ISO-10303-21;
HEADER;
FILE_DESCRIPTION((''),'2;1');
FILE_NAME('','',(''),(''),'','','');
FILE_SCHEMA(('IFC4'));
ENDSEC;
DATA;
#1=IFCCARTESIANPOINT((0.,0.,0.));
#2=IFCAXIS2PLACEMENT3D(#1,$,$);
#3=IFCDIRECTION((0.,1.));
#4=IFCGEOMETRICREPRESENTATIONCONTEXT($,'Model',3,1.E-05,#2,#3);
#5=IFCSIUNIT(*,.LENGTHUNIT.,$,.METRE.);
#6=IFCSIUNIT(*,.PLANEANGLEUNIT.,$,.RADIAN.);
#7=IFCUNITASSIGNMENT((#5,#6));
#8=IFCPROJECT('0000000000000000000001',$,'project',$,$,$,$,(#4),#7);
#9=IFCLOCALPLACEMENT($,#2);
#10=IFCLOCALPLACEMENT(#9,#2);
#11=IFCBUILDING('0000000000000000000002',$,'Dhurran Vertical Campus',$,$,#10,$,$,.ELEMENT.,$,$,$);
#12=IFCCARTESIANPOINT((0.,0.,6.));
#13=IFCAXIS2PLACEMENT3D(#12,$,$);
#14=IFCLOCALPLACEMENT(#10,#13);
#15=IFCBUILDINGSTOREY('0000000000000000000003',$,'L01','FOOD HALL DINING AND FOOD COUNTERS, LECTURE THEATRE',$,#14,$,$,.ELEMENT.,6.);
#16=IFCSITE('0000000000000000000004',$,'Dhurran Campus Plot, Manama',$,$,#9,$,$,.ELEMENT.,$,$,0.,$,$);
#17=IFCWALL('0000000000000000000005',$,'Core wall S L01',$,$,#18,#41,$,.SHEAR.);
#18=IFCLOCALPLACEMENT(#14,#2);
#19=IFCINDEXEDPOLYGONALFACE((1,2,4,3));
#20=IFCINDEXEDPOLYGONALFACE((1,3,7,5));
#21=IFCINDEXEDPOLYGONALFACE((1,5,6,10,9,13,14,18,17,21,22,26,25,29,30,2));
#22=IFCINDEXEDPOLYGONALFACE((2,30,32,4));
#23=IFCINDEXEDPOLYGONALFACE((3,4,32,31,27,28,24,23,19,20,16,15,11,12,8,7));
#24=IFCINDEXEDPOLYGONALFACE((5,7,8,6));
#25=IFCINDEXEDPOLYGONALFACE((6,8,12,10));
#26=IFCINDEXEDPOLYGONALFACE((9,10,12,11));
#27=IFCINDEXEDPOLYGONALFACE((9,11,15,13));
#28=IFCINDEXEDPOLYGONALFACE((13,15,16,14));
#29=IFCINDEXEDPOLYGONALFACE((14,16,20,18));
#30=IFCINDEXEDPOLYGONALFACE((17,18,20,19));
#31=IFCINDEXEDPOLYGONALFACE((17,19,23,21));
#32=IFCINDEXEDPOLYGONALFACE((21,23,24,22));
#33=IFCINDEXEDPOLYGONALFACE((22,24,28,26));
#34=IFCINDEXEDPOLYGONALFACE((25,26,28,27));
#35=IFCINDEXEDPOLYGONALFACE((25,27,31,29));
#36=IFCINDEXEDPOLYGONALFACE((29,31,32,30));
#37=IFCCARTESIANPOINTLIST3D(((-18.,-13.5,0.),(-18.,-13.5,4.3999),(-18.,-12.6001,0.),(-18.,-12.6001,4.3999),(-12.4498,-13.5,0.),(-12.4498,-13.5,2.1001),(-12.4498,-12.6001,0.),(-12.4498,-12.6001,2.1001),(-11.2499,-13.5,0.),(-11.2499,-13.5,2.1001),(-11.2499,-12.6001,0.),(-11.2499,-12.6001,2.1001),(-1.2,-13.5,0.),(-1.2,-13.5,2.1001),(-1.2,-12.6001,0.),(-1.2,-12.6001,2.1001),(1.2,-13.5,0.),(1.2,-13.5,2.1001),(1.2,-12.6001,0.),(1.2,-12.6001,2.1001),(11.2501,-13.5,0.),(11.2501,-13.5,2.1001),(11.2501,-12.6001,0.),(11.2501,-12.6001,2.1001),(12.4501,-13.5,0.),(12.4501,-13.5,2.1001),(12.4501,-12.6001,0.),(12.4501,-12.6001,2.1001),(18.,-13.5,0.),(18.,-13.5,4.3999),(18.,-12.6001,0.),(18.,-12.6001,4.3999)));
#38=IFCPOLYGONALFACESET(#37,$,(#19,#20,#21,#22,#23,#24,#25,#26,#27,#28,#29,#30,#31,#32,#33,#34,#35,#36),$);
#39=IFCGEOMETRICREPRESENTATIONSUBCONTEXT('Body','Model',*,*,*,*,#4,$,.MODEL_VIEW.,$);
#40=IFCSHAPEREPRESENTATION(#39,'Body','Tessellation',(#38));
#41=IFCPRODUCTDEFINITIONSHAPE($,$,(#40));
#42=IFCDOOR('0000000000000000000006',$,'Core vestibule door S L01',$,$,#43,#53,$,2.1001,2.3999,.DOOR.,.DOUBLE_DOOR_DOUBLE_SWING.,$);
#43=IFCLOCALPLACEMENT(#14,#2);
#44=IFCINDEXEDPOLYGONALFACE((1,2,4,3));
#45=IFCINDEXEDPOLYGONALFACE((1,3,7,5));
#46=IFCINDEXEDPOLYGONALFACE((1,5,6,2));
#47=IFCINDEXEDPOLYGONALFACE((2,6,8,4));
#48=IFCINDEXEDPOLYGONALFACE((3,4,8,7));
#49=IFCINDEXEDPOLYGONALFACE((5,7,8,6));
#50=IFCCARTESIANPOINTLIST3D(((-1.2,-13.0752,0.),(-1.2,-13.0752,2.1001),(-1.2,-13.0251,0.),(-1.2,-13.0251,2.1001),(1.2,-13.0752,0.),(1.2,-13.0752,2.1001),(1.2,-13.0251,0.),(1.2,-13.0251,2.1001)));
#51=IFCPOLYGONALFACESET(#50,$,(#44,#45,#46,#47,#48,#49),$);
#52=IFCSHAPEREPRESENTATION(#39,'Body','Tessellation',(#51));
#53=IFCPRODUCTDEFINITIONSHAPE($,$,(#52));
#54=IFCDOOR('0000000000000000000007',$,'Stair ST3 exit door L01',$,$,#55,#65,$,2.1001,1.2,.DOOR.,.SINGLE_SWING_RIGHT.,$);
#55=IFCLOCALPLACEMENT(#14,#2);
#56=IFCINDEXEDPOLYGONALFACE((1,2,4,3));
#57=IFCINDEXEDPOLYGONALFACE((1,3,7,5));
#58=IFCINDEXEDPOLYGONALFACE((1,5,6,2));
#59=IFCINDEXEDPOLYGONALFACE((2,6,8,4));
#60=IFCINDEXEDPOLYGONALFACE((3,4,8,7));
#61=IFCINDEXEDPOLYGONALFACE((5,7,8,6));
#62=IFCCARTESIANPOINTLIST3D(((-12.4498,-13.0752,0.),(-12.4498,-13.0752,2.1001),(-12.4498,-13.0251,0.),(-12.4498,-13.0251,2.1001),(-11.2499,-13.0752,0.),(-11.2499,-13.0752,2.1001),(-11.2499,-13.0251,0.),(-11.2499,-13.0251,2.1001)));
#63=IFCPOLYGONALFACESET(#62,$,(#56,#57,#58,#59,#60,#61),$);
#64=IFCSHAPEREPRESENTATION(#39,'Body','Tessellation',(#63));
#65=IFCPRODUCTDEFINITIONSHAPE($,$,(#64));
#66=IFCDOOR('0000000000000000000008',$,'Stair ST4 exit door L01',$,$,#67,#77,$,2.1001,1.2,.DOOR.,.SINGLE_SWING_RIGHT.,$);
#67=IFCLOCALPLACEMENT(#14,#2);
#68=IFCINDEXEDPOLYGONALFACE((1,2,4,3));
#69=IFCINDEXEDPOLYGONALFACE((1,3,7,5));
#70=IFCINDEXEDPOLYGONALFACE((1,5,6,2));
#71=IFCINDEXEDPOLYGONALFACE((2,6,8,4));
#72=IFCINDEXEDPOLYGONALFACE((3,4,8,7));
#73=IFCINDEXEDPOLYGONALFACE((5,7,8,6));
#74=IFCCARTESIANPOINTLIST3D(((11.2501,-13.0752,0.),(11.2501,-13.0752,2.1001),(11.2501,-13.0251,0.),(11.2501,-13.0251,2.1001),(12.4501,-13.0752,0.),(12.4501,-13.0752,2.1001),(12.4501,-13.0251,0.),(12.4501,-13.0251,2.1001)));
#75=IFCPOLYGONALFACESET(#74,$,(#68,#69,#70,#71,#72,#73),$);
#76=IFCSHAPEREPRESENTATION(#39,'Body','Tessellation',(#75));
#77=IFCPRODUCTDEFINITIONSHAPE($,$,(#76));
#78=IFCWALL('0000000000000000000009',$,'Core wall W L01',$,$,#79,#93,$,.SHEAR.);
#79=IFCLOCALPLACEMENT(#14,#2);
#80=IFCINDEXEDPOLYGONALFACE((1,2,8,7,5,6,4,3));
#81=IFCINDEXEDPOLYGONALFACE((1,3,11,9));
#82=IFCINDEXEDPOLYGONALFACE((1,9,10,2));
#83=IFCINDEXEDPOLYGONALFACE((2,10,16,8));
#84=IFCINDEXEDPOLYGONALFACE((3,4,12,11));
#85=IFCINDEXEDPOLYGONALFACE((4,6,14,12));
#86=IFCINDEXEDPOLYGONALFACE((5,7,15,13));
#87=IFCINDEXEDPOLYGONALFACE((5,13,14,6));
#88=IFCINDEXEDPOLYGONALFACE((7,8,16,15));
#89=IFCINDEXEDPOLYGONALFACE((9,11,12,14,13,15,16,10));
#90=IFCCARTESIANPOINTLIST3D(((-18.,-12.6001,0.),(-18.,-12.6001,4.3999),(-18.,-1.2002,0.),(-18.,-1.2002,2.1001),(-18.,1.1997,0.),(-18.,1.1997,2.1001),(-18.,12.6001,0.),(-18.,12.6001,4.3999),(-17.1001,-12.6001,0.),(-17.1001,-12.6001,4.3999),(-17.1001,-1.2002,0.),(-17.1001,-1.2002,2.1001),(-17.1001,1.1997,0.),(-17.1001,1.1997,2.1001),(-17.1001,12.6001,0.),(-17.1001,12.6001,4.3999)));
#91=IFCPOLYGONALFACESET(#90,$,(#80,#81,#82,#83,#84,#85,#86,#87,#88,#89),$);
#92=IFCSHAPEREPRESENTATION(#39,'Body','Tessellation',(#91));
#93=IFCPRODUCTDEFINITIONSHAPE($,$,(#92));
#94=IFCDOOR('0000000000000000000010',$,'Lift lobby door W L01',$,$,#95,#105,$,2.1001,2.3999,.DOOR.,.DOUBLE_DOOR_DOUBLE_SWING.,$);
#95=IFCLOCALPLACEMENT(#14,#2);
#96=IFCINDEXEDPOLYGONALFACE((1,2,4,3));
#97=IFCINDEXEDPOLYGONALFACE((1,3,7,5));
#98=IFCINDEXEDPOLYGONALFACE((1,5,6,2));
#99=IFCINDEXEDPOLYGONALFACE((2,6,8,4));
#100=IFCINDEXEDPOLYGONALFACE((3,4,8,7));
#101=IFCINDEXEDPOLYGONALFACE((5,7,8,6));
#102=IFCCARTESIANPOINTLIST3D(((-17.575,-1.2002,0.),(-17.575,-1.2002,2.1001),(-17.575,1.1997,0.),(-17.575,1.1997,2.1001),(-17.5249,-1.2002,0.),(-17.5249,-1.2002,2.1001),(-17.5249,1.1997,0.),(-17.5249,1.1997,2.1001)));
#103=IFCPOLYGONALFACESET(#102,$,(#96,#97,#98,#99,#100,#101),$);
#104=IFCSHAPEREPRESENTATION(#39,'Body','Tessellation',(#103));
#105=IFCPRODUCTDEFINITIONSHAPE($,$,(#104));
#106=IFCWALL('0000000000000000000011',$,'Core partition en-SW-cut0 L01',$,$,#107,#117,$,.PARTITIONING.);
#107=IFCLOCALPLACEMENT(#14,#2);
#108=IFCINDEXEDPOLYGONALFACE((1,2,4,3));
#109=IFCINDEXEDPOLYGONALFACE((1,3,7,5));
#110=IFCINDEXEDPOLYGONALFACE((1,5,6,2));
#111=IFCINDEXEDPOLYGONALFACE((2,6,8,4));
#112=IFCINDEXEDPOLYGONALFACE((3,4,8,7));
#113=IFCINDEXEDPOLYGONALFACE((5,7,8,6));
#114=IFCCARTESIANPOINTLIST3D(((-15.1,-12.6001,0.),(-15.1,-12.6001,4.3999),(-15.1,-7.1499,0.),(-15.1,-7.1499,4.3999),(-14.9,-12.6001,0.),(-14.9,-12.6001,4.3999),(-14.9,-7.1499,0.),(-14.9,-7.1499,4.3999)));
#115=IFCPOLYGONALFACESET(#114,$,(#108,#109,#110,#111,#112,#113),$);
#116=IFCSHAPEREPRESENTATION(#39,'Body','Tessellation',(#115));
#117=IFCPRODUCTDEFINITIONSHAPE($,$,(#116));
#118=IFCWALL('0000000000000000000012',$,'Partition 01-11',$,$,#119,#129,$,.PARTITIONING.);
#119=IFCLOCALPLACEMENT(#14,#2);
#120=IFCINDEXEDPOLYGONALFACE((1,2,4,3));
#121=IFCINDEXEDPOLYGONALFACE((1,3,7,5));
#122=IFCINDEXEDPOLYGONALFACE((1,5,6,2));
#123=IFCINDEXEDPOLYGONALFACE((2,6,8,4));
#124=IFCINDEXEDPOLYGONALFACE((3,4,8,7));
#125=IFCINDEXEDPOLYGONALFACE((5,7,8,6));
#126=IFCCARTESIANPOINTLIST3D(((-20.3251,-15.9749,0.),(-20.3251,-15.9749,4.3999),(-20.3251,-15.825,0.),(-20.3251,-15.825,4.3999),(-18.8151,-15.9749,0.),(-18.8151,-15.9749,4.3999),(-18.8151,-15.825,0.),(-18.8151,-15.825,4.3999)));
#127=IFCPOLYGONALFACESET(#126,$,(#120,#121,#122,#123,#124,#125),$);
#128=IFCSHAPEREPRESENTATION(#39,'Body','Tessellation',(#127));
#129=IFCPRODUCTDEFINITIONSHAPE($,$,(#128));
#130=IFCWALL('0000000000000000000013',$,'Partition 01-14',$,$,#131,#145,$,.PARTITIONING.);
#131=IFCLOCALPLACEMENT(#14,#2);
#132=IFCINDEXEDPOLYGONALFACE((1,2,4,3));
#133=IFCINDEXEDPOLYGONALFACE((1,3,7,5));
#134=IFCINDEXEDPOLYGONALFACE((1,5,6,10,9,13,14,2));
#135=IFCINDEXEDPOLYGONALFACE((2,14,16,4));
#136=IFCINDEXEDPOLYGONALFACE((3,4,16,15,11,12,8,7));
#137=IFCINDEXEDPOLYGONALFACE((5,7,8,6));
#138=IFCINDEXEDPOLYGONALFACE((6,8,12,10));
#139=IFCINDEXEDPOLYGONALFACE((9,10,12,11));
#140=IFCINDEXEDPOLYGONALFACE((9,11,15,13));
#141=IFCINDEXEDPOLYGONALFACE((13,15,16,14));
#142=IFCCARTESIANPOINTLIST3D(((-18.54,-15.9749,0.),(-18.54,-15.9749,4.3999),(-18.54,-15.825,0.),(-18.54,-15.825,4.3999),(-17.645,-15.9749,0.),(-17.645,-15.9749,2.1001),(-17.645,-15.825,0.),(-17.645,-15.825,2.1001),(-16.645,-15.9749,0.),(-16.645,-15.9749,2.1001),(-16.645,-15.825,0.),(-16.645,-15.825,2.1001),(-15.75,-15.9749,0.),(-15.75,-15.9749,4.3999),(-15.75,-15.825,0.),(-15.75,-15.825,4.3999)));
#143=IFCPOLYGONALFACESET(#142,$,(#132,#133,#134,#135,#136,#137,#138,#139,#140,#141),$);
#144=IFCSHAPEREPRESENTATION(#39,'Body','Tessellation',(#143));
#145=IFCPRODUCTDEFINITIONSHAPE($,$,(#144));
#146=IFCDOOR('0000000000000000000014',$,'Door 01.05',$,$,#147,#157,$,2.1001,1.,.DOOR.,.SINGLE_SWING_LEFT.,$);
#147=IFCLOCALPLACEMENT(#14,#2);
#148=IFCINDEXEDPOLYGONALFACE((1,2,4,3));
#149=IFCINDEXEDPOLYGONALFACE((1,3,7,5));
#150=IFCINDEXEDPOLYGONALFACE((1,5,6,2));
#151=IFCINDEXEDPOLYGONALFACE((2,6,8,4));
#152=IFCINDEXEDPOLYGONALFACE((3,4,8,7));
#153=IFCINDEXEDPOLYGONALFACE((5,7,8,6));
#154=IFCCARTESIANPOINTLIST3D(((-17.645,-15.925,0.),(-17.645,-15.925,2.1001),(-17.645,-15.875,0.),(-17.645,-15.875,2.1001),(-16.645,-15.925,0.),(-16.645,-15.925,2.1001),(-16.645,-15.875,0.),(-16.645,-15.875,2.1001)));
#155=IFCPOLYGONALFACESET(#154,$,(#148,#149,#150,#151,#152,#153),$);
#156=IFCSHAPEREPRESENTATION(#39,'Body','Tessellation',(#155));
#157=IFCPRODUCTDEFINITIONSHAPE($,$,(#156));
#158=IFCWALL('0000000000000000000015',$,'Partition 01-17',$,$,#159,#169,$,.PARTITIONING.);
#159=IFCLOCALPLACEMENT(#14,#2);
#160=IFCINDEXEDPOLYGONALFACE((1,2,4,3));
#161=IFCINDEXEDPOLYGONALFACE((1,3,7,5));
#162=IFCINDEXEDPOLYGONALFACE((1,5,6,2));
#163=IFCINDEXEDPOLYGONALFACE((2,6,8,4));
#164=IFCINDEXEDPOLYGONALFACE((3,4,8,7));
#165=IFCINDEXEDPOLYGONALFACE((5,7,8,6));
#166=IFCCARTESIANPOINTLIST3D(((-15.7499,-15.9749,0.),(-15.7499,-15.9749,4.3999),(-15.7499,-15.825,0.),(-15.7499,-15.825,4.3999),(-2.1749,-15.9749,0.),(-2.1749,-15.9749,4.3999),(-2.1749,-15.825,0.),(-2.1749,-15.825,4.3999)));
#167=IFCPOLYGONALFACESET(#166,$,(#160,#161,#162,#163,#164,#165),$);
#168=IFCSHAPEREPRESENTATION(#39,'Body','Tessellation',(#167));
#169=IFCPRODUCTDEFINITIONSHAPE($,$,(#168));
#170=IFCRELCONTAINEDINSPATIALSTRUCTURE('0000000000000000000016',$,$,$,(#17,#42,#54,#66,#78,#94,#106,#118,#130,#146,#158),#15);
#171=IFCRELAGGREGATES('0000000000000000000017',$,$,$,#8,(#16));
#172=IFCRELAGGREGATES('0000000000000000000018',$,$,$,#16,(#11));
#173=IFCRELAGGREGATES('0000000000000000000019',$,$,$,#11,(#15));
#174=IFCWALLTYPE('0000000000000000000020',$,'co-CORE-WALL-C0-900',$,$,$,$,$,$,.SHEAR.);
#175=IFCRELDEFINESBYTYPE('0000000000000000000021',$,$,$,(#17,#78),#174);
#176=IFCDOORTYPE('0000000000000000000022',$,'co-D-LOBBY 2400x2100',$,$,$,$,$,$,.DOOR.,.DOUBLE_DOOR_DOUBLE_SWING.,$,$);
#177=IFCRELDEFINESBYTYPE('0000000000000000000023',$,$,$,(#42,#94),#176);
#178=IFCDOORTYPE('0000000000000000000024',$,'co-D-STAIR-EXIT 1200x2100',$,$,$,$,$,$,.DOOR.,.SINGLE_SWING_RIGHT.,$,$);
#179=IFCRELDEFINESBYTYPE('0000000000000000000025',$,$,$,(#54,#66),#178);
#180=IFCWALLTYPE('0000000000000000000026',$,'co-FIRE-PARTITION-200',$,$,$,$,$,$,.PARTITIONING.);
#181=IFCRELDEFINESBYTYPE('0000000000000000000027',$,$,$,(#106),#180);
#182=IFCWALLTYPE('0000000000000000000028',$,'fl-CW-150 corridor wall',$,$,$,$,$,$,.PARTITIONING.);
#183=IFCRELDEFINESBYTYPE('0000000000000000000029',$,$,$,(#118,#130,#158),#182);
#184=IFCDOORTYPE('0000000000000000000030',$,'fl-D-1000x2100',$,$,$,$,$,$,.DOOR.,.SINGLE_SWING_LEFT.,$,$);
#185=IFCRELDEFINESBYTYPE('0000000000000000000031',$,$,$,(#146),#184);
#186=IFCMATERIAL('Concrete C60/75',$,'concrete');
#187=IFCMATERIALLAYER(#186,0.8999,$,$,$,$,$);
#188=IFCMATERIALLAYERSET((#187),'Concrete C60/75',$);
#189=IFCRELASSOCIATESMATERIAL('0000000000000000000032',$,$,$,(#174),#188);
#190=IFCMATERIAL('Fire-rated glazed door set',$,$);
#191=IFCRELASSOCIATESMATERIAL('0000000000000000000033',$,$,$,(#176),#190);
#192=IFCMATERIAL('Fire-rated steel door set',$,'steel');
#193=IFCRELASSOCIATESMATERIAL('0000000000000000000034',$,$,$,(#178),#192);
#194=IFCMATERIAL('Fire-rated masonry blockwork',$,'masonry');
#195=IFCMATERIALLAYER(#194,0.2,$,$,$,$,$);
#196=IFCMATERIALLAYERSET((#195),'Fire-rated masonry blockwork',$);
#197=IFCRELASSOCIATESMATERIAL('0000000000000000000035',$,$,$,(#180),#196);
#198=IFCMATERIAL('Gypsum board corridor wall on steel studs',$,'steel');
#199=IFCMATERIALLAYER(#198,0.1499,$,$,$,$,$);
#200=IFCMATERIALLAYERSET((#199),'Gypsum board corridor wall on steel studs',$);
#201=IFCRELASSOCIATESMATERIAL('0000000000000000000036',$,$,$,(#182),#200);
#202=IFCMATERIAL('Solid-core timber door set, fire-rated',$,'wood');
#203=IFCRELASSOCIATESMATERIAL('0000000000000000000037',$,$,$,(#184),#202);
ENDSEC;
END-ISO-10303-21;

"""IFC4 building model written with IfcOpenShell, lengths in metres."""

from ifc_helpers import new_model, si_unit, direction, frame, frame_2d, origin, place, context, subcontext, project, spatial, rectangle, extrude, material, layer, layer_set, type_object, element, fill, save


model = new_model("IFC4")

# Units and contexts
model_context = context("Model", 3, precision=1e-05, world=origin(), true_north=direction((0.0, 1.0)))
body_context = subcontext(model_context, "Body", "Model", "MODEL_VIEW")
ifc_project = project(units=[si_unit("LENGTHUNIT", "METRE"), si_unit("PLANEANGLEUNIT", "RADIAN")], contexts=[model_context])

# Site, building, storey
site_placement = place(None, origin())
site = spatial("IfcSite", under=ifc_project, at=site_placement, Name="Dhurran Campus Plot, Manama", CompositionType="ELEMENT", RefElevation=0.0)
building_placement = place(site_placement, origin())
building = spatial("IfcBuilding", under=site, at=building_placement, Name="Dhurran Vertical Campus", CompositionType="ELEMENT")
storey_placement = place(building_placement, frame((0.0, 0.0, 6.0)))
storey = spatial("IfcBuildingStorey", under=building, at=storey_placement, Name="L01", Description="FOOD HALL DINING AND FOOD COUNTERS, LECTURE THEATRE", CompositionType="ELEMENT", Elevation=6.0)

# Wall, openings, doors
ifc_material_1 = material(Name="Concrete C60/75", Category="concrete")
ifc_layer_1 = layer(ifc_material_1, 0.8999)
ifc_layer_set_1 = layer_set([ifc_layer_1], Name="Concrete C60/75")
wall_type_1 = type_object("IfcWallType", Name="co-CORE-WALL-C0-900", PredefinedType="SHEAR", material=ifc_layer_set_1)
wall_1_placement = place(storey_placement, frame((-18.0, -13.05, 0.0), z_axis=(0.0, 0.0, 1.0), x_axis=(1.0, 0.0, 0.0)))
wall_1 = element("IfcWall", 1, at=wall_1_placement, inside=storey, type_object=wall_type_1, Name="Core wall S L01", PredefinedType="SHEAR", context=body_context, shape_type="SweptSolid", body=[
    extrude(rectangle(XDim=36.0, YDim=0.8999, at=frame_2d((18.0, 0.0))), origin(), (0.0, 0.0, 1.0), 4.3999),
])
opening_1_placement = place(wall_1_placement, frame((16.8, 0.0, 0.0)))
opening_1 = element("IfcOpeningElement", 2, at=opening_1_placement, cuts=wall_1, PredefinedType="OPENING", context=body_context, shape_type="SweptSolid", body=[
    extrude(rectangle(XDim=2.3999, YDim=2.1001, at=frame_2d((1.2, 1.05))), frame((0.0, 0.46, 0.0), z_axis=(0.0, -1.0, 0.0), x_axis=(1.0, 0.0, 0.0)), (0.0, 0.0, 1.0), 0.9199),
])
opening_2_placement = place(wall_1_placement, frame((5.55, 0.0, 0.0)))
opening_2 = element("IfcOpeningElement", 3, at=opening_2_placement, cuts=wall_1, PredefinedType="OPENING", context=body_context, shape_type="SweptSolid", body=[
    extrude(rectangle(XDim=1.2, YDim=2.1001, at=frame_2d((0.6001, 1.05))), frame((0.0, 0.46, 0.0), z_axis=(0.0, -1.0, 0.0), x_axis=(1.0, 0.0, 0.0)), (0.0, 0.0, 1.0), 0.9199),
])
opening_3_placement = place(wall_1_placement, frame((29.25, 0.0, 0.0)))
opening_3 = element("IfcOpeningElement", 4, at=opening_3_placement, cuts=wall_1, PredefinedType="OPENING", context=body_context, shape_type="SweptSolid", body=[
    extrude(rectangle(XDim=1.2, YDim=2.1001, at=frame_2d((0.6001, 1.05))), frame((0.0, 0.46, 0.0), z_axis=(0.0, -1.0, 0.0), x_axis=(1.0, 0.0, 0.0)), (0.0, 0.0, 1.0), 0.9199),
])
ifc_material_2 = material(Name="Fire-rated glazed door set")
door_type_1 = type_object("IfcDoorType", Name="co-D-LOBBY 2400x2100", OperationType="DOUBLE_DOOR_DOUBLE_SWING", PredefinedType="DOOR", material=ifc_material_2)
door_1_placement = place(opening_1_placement, origin())
door_1 = element("IfcDoor", 5, at=door_1_placement, inside=storey, type_object=door_type_1, Name="Core vestibule door S L01", OperationType="DOUBLE_DOOR_DOUBLE_SWING", OverallHeight=2.1001, OverallWidth=2.3999, PredefinedType="DOOR", context=body_context, shape_type="SweptSolid", body=[
    extrude(rectangle(XDim=2.3999, YDim=2.1001, at=frame_2d((1.2, 1.05))), frame((0.0, 0.0249, 0.0), z_axis=(0.0, -1.0, 0.0), x_axis=(1.0, 0.0, 0.0)), (0.0, 0.0, 1.0), 0.05),
])
fill(opening_1, door_1)
ifc_material_3 = material(Name="Fire-rated steel door set", Category="steel")
door_type_2 = type_object("IfcDoorType", Name="co-D-STAIR-EXIT 1200x2100", OperationType="SINGLE_SWING_RIGHT", PredefinedType="DOOR", material=ifc_material_3)
door_2_placement = place(opening_2_placement, origin())
door_2 = element("IfcDoor", 6, at=door_2_placement, inside=storey, type_object=door_type_2, Name="Stair ST3 exit door L01", OperationType="SINGLE_SWING_RIGHT", OverallHeight=2.1001, OverallWidth=1.2, PredefinedType="DOOR", context=body_context, shape_type="SweptSolid", body=[
    extrude(rectangle(XDim=1.2, YDim=2.1001, at=frame_2d((0.6001, 1.05))), frame((0.0, 0.0249, 0.0), z_axis=(0.0, -1.0, 0.0), x_axis=(1.0, 0.0, 0.0)), (0.0, 0.0, 1.0), 0.05),
])
fill(opening_2, door_2)
door_3_placement = place(opening_3_placement, origin())
door_3 = element("IfcDoor", 7, at=door_3_placement, inside=storey, type_object=door_type_2, Name="Stair ST4 exit door L01", OperationType="SINGLE_SWING_RIGHT", OverallHeight=2.1001, OverallWidth=1.2, PredefinedType="DOOR", context=body_context, shape_type="SweptSolid", body=[
    extrude(rectangle(XDim=1.2, YDim=2.1001, at=frame_2d((0.6001, 1.05))), frame((0.0, 0.0249, 0.0), z_axis=(0.0, -1.0, 0.0), x_axis=(1.0, 0.0, 0.0)), (0.0, 0.0, 1.0), 0.05),
])
fill(opening_3, door_3)

# Wall, opening, door
wall_2_placement = place(storey_placement, frame((-17.55, -12.6001, 0.0), z_axis=(0.0, 0.0, 1.0), x_axis=(0.0, 1.0, 0.0)))
wall_2 = element("IfcWall", 8, at=wall_2_placement, inside=storey, type_object=wall_type_1, Name="Core wall W L01", PredefinedType="SHEAR", context=body_context, shape_type="SweptSolid", body=[
    extrude(rectangle(XDim=25.2002, YDim=0.8999, at=frame_2d((12.6001, 0.0))), origin(), (0.0, 0.0, 1.0), 4.3999),
])
opening_4_placement = place(wall_2_placement, frame((11.3999, 0.0, 0.0)))
opening_4 = element("IfcOpeningElement", 9, at=opening_4_placement, cuts=wall_2, PredefinedType="OPENING", context=body_context, shape_type="SweptSolid", body=[
    extrude(rectangle(XDim=2.3999, YDim=2.1001, at=frame_2d((1.2, 1.05))), frame((0.0, 0.46, 0.0), z_axis=(0.0, -1.0, 0.0), x_axis=(1.0, 0.0, 0.0)), (0.0, 0.0, 1.0), 0.9199),
])
door_4_placement = place(opening_4_placement, origin())
door_4 = element("IfcDoor", 10, at=door_4_placement, inside=storey, type_object=door_type_1, Name="Lift lobby door W L01", OperationType="DOUBLE_DOOR_DOUBLE_SWING", OverallHeight=2.1001, OverallWidth=2.3999, PredefinedType="DOOR", context=body_context, shape_type="SweptSolid", body=[
    extrude(rectangle(XDim=2.3999, YDim=2.1001, at=frame_2d((1.2, 1.05))), frame((0.0, 0.0249, 0.0), z_axis=(0.0, -1.0, 0.0), x_axis=(1.0, 0.0, 0.0)), (0.0, 0.0, 1.0), 0.05),
])
fill(opening_4, door_4)

# Walls
ifc_material_4 = material(Name="Fire-rated masonry blockwork", Category="masonry")
ifc_layer_2 = layer(ifc_material_4, 0.2)
ifc_layer_set_2 = layer_set([ifc_layer_2], Name="Fire-rated masonry blockwork")
wall_type_2 = type_object("IfcWallType", Name="co-FIRE-PARTITION-200", PredefinedType="PARTITIONING", material=ifc_layer_set_2)
wall_3_placement = place(storey_placement, frame((-15.0, -12.6001, 0.0), z_axis=(0.0, 0.0, 1.0), x_axis=(0.0, 1.0, 0.0)))
element("IfcWall", 11, at=wall_3_placement, inside=storey, type_object=wall_type_2, Name="Core partition en-SW-cut0 L01", PredefinedType="PARTITIONING", context=body_context, shape_type="SweptSolid", body=[
    extrude(rectangle(XDim=5.4502, YDim=0.2, at=frame_2d((2.7251, 0.0))), origin(), (0.0, 0.0, 1.0), 4.3999),
])
ifc_material_5 = material(Name="Gypsum board corridor wall on steel studs", Category="steel")
ifc_layer_3 = layer(ifc_material_5, 0.1499)
ifc_layer_set_3 = layer_set([ifc_layer_3], Name="Gypsum board corridor wall on steel studs")
wall_type_3 = type_object("IfcWallType", Name="fl-CW-150 corridor wall", PredefinedType="PARTITIONING", material=ifc_layer_set_3)
wall_4_placement = place(storey_placement, frame((-20.325, -15.8999, 0.0), z_axis=(0.0, 0.0, 1.0), x_axis=(1.0, 0.0, 0.0)))
element("IfcWall", 12, at=wall_4_placement, inside=storey, type_object=wall_type_3, Name="Partition 01-11", PredefinedType="PARTITIONING", context=body_context, shape_type="SweptSolid", body=[
    extrude(rectangle(XDim=1.51, YDim=0.1499, at=frame_2d((0.7549, 0.0))), origin(), (0.0, 0.0, 1.0), 4.3999),
])

# Wall, opening, door
wall_5_placement = place(storey_placement, frame((-18.54, -15.8999, 0.0), z_axis=(0.0, 0.0, 1.0), x_axis=(1.0, 0.0, 0.0)))
wall_5 = element("IfcWall", 13, at=wall_5_placement, inside=storey, type_object=wall_type_3, Name="Partition 01-14", PredefinedType="PARTITIONING", context=body_context, shape_type="SweptSolid", body=[
    extrude(rectangle(XDim=2.79, YDim=0.1499, at=frame_2d((1.395, 0.0))), origin(), (0.0, 0.0, 1.0), 4.3999),
])
opening_5_placement = place(wall_5_placement, frame((0.895, 0.0, 0.0)))
opening_5 = element("IfcOpeningElement", 14, at=opening_5_placement, cuts=wall_5, PredefinedType="OPENING", context=body_context, shape_type="SweptSolid", body=[
    extrude(rectangle(XDim=1.0, YDim=2.1001, at=frame_2d((0.5, 1.05))), frame((0.0, 0.085, 0.0), z_axis=(0.0, -1.0, 0.0), x_axis=(1.0, 0.0, 0.0)), (0.0, 0.0, 1.0), 0.1699),
])
ifc_material_6 = material(Name="Solid-core timber door set, fire-rated", Category="wood")
door_type_3 = type_object("IfcDoorType", Name="fl-D-1000x2100", OperationType="SINGLE_SWING_LEFT", PredefinedType="DOOR", material=ifc_material_6)
door_5_placement = place(opening_5_placement, origin())
door_5 = element("IfcDoor", 15, at=door_5_placement, inside=storey, type_object=door_type_3, Name="Door 01.05", OperationType="SINGLE_SWING_LEFT", OverallHeight=2.1001, OverallWidth=1.0, PredefinedType="DOOR", context=body_context, shape_type="SweptSolid", body=[
    extrude(rectangle(XDim=1.0, YDim=2.1001, at=frame_2d((0.5, 1.05))), frame((0.0, 0.0249, 0.0), z_axis=(0.0, -1.0, 0.0), x_axis=(1.0, 0.0, 0.0)), (0.0, 0.0, 1.0), 0.05),
])
fill(opening_5, door_5)

# Wall
wall_6_placement = place(storey_placement, frame((-15.75, -15.8999, 0.0), z_axis=(0.0, 0.0, 1.0), x_axis=(1.0, 0.0, 0.0)))
element("IfcWall", 16, at=wall_6_placement, inside=storey, type_object=wall_type_3, Name="Partition 01-17", PredefinedType="PARTITIONING", context=body_context, shape_type="SweptSolid", body=[
    extrude(rectangle(XDim=13.575, YDim=0.1499, at=frame_2d((6.7876, 0.0))), origin(), (0.0, 0.0, 1.0), 4.3999),
])

save(model, "model.ifc")
